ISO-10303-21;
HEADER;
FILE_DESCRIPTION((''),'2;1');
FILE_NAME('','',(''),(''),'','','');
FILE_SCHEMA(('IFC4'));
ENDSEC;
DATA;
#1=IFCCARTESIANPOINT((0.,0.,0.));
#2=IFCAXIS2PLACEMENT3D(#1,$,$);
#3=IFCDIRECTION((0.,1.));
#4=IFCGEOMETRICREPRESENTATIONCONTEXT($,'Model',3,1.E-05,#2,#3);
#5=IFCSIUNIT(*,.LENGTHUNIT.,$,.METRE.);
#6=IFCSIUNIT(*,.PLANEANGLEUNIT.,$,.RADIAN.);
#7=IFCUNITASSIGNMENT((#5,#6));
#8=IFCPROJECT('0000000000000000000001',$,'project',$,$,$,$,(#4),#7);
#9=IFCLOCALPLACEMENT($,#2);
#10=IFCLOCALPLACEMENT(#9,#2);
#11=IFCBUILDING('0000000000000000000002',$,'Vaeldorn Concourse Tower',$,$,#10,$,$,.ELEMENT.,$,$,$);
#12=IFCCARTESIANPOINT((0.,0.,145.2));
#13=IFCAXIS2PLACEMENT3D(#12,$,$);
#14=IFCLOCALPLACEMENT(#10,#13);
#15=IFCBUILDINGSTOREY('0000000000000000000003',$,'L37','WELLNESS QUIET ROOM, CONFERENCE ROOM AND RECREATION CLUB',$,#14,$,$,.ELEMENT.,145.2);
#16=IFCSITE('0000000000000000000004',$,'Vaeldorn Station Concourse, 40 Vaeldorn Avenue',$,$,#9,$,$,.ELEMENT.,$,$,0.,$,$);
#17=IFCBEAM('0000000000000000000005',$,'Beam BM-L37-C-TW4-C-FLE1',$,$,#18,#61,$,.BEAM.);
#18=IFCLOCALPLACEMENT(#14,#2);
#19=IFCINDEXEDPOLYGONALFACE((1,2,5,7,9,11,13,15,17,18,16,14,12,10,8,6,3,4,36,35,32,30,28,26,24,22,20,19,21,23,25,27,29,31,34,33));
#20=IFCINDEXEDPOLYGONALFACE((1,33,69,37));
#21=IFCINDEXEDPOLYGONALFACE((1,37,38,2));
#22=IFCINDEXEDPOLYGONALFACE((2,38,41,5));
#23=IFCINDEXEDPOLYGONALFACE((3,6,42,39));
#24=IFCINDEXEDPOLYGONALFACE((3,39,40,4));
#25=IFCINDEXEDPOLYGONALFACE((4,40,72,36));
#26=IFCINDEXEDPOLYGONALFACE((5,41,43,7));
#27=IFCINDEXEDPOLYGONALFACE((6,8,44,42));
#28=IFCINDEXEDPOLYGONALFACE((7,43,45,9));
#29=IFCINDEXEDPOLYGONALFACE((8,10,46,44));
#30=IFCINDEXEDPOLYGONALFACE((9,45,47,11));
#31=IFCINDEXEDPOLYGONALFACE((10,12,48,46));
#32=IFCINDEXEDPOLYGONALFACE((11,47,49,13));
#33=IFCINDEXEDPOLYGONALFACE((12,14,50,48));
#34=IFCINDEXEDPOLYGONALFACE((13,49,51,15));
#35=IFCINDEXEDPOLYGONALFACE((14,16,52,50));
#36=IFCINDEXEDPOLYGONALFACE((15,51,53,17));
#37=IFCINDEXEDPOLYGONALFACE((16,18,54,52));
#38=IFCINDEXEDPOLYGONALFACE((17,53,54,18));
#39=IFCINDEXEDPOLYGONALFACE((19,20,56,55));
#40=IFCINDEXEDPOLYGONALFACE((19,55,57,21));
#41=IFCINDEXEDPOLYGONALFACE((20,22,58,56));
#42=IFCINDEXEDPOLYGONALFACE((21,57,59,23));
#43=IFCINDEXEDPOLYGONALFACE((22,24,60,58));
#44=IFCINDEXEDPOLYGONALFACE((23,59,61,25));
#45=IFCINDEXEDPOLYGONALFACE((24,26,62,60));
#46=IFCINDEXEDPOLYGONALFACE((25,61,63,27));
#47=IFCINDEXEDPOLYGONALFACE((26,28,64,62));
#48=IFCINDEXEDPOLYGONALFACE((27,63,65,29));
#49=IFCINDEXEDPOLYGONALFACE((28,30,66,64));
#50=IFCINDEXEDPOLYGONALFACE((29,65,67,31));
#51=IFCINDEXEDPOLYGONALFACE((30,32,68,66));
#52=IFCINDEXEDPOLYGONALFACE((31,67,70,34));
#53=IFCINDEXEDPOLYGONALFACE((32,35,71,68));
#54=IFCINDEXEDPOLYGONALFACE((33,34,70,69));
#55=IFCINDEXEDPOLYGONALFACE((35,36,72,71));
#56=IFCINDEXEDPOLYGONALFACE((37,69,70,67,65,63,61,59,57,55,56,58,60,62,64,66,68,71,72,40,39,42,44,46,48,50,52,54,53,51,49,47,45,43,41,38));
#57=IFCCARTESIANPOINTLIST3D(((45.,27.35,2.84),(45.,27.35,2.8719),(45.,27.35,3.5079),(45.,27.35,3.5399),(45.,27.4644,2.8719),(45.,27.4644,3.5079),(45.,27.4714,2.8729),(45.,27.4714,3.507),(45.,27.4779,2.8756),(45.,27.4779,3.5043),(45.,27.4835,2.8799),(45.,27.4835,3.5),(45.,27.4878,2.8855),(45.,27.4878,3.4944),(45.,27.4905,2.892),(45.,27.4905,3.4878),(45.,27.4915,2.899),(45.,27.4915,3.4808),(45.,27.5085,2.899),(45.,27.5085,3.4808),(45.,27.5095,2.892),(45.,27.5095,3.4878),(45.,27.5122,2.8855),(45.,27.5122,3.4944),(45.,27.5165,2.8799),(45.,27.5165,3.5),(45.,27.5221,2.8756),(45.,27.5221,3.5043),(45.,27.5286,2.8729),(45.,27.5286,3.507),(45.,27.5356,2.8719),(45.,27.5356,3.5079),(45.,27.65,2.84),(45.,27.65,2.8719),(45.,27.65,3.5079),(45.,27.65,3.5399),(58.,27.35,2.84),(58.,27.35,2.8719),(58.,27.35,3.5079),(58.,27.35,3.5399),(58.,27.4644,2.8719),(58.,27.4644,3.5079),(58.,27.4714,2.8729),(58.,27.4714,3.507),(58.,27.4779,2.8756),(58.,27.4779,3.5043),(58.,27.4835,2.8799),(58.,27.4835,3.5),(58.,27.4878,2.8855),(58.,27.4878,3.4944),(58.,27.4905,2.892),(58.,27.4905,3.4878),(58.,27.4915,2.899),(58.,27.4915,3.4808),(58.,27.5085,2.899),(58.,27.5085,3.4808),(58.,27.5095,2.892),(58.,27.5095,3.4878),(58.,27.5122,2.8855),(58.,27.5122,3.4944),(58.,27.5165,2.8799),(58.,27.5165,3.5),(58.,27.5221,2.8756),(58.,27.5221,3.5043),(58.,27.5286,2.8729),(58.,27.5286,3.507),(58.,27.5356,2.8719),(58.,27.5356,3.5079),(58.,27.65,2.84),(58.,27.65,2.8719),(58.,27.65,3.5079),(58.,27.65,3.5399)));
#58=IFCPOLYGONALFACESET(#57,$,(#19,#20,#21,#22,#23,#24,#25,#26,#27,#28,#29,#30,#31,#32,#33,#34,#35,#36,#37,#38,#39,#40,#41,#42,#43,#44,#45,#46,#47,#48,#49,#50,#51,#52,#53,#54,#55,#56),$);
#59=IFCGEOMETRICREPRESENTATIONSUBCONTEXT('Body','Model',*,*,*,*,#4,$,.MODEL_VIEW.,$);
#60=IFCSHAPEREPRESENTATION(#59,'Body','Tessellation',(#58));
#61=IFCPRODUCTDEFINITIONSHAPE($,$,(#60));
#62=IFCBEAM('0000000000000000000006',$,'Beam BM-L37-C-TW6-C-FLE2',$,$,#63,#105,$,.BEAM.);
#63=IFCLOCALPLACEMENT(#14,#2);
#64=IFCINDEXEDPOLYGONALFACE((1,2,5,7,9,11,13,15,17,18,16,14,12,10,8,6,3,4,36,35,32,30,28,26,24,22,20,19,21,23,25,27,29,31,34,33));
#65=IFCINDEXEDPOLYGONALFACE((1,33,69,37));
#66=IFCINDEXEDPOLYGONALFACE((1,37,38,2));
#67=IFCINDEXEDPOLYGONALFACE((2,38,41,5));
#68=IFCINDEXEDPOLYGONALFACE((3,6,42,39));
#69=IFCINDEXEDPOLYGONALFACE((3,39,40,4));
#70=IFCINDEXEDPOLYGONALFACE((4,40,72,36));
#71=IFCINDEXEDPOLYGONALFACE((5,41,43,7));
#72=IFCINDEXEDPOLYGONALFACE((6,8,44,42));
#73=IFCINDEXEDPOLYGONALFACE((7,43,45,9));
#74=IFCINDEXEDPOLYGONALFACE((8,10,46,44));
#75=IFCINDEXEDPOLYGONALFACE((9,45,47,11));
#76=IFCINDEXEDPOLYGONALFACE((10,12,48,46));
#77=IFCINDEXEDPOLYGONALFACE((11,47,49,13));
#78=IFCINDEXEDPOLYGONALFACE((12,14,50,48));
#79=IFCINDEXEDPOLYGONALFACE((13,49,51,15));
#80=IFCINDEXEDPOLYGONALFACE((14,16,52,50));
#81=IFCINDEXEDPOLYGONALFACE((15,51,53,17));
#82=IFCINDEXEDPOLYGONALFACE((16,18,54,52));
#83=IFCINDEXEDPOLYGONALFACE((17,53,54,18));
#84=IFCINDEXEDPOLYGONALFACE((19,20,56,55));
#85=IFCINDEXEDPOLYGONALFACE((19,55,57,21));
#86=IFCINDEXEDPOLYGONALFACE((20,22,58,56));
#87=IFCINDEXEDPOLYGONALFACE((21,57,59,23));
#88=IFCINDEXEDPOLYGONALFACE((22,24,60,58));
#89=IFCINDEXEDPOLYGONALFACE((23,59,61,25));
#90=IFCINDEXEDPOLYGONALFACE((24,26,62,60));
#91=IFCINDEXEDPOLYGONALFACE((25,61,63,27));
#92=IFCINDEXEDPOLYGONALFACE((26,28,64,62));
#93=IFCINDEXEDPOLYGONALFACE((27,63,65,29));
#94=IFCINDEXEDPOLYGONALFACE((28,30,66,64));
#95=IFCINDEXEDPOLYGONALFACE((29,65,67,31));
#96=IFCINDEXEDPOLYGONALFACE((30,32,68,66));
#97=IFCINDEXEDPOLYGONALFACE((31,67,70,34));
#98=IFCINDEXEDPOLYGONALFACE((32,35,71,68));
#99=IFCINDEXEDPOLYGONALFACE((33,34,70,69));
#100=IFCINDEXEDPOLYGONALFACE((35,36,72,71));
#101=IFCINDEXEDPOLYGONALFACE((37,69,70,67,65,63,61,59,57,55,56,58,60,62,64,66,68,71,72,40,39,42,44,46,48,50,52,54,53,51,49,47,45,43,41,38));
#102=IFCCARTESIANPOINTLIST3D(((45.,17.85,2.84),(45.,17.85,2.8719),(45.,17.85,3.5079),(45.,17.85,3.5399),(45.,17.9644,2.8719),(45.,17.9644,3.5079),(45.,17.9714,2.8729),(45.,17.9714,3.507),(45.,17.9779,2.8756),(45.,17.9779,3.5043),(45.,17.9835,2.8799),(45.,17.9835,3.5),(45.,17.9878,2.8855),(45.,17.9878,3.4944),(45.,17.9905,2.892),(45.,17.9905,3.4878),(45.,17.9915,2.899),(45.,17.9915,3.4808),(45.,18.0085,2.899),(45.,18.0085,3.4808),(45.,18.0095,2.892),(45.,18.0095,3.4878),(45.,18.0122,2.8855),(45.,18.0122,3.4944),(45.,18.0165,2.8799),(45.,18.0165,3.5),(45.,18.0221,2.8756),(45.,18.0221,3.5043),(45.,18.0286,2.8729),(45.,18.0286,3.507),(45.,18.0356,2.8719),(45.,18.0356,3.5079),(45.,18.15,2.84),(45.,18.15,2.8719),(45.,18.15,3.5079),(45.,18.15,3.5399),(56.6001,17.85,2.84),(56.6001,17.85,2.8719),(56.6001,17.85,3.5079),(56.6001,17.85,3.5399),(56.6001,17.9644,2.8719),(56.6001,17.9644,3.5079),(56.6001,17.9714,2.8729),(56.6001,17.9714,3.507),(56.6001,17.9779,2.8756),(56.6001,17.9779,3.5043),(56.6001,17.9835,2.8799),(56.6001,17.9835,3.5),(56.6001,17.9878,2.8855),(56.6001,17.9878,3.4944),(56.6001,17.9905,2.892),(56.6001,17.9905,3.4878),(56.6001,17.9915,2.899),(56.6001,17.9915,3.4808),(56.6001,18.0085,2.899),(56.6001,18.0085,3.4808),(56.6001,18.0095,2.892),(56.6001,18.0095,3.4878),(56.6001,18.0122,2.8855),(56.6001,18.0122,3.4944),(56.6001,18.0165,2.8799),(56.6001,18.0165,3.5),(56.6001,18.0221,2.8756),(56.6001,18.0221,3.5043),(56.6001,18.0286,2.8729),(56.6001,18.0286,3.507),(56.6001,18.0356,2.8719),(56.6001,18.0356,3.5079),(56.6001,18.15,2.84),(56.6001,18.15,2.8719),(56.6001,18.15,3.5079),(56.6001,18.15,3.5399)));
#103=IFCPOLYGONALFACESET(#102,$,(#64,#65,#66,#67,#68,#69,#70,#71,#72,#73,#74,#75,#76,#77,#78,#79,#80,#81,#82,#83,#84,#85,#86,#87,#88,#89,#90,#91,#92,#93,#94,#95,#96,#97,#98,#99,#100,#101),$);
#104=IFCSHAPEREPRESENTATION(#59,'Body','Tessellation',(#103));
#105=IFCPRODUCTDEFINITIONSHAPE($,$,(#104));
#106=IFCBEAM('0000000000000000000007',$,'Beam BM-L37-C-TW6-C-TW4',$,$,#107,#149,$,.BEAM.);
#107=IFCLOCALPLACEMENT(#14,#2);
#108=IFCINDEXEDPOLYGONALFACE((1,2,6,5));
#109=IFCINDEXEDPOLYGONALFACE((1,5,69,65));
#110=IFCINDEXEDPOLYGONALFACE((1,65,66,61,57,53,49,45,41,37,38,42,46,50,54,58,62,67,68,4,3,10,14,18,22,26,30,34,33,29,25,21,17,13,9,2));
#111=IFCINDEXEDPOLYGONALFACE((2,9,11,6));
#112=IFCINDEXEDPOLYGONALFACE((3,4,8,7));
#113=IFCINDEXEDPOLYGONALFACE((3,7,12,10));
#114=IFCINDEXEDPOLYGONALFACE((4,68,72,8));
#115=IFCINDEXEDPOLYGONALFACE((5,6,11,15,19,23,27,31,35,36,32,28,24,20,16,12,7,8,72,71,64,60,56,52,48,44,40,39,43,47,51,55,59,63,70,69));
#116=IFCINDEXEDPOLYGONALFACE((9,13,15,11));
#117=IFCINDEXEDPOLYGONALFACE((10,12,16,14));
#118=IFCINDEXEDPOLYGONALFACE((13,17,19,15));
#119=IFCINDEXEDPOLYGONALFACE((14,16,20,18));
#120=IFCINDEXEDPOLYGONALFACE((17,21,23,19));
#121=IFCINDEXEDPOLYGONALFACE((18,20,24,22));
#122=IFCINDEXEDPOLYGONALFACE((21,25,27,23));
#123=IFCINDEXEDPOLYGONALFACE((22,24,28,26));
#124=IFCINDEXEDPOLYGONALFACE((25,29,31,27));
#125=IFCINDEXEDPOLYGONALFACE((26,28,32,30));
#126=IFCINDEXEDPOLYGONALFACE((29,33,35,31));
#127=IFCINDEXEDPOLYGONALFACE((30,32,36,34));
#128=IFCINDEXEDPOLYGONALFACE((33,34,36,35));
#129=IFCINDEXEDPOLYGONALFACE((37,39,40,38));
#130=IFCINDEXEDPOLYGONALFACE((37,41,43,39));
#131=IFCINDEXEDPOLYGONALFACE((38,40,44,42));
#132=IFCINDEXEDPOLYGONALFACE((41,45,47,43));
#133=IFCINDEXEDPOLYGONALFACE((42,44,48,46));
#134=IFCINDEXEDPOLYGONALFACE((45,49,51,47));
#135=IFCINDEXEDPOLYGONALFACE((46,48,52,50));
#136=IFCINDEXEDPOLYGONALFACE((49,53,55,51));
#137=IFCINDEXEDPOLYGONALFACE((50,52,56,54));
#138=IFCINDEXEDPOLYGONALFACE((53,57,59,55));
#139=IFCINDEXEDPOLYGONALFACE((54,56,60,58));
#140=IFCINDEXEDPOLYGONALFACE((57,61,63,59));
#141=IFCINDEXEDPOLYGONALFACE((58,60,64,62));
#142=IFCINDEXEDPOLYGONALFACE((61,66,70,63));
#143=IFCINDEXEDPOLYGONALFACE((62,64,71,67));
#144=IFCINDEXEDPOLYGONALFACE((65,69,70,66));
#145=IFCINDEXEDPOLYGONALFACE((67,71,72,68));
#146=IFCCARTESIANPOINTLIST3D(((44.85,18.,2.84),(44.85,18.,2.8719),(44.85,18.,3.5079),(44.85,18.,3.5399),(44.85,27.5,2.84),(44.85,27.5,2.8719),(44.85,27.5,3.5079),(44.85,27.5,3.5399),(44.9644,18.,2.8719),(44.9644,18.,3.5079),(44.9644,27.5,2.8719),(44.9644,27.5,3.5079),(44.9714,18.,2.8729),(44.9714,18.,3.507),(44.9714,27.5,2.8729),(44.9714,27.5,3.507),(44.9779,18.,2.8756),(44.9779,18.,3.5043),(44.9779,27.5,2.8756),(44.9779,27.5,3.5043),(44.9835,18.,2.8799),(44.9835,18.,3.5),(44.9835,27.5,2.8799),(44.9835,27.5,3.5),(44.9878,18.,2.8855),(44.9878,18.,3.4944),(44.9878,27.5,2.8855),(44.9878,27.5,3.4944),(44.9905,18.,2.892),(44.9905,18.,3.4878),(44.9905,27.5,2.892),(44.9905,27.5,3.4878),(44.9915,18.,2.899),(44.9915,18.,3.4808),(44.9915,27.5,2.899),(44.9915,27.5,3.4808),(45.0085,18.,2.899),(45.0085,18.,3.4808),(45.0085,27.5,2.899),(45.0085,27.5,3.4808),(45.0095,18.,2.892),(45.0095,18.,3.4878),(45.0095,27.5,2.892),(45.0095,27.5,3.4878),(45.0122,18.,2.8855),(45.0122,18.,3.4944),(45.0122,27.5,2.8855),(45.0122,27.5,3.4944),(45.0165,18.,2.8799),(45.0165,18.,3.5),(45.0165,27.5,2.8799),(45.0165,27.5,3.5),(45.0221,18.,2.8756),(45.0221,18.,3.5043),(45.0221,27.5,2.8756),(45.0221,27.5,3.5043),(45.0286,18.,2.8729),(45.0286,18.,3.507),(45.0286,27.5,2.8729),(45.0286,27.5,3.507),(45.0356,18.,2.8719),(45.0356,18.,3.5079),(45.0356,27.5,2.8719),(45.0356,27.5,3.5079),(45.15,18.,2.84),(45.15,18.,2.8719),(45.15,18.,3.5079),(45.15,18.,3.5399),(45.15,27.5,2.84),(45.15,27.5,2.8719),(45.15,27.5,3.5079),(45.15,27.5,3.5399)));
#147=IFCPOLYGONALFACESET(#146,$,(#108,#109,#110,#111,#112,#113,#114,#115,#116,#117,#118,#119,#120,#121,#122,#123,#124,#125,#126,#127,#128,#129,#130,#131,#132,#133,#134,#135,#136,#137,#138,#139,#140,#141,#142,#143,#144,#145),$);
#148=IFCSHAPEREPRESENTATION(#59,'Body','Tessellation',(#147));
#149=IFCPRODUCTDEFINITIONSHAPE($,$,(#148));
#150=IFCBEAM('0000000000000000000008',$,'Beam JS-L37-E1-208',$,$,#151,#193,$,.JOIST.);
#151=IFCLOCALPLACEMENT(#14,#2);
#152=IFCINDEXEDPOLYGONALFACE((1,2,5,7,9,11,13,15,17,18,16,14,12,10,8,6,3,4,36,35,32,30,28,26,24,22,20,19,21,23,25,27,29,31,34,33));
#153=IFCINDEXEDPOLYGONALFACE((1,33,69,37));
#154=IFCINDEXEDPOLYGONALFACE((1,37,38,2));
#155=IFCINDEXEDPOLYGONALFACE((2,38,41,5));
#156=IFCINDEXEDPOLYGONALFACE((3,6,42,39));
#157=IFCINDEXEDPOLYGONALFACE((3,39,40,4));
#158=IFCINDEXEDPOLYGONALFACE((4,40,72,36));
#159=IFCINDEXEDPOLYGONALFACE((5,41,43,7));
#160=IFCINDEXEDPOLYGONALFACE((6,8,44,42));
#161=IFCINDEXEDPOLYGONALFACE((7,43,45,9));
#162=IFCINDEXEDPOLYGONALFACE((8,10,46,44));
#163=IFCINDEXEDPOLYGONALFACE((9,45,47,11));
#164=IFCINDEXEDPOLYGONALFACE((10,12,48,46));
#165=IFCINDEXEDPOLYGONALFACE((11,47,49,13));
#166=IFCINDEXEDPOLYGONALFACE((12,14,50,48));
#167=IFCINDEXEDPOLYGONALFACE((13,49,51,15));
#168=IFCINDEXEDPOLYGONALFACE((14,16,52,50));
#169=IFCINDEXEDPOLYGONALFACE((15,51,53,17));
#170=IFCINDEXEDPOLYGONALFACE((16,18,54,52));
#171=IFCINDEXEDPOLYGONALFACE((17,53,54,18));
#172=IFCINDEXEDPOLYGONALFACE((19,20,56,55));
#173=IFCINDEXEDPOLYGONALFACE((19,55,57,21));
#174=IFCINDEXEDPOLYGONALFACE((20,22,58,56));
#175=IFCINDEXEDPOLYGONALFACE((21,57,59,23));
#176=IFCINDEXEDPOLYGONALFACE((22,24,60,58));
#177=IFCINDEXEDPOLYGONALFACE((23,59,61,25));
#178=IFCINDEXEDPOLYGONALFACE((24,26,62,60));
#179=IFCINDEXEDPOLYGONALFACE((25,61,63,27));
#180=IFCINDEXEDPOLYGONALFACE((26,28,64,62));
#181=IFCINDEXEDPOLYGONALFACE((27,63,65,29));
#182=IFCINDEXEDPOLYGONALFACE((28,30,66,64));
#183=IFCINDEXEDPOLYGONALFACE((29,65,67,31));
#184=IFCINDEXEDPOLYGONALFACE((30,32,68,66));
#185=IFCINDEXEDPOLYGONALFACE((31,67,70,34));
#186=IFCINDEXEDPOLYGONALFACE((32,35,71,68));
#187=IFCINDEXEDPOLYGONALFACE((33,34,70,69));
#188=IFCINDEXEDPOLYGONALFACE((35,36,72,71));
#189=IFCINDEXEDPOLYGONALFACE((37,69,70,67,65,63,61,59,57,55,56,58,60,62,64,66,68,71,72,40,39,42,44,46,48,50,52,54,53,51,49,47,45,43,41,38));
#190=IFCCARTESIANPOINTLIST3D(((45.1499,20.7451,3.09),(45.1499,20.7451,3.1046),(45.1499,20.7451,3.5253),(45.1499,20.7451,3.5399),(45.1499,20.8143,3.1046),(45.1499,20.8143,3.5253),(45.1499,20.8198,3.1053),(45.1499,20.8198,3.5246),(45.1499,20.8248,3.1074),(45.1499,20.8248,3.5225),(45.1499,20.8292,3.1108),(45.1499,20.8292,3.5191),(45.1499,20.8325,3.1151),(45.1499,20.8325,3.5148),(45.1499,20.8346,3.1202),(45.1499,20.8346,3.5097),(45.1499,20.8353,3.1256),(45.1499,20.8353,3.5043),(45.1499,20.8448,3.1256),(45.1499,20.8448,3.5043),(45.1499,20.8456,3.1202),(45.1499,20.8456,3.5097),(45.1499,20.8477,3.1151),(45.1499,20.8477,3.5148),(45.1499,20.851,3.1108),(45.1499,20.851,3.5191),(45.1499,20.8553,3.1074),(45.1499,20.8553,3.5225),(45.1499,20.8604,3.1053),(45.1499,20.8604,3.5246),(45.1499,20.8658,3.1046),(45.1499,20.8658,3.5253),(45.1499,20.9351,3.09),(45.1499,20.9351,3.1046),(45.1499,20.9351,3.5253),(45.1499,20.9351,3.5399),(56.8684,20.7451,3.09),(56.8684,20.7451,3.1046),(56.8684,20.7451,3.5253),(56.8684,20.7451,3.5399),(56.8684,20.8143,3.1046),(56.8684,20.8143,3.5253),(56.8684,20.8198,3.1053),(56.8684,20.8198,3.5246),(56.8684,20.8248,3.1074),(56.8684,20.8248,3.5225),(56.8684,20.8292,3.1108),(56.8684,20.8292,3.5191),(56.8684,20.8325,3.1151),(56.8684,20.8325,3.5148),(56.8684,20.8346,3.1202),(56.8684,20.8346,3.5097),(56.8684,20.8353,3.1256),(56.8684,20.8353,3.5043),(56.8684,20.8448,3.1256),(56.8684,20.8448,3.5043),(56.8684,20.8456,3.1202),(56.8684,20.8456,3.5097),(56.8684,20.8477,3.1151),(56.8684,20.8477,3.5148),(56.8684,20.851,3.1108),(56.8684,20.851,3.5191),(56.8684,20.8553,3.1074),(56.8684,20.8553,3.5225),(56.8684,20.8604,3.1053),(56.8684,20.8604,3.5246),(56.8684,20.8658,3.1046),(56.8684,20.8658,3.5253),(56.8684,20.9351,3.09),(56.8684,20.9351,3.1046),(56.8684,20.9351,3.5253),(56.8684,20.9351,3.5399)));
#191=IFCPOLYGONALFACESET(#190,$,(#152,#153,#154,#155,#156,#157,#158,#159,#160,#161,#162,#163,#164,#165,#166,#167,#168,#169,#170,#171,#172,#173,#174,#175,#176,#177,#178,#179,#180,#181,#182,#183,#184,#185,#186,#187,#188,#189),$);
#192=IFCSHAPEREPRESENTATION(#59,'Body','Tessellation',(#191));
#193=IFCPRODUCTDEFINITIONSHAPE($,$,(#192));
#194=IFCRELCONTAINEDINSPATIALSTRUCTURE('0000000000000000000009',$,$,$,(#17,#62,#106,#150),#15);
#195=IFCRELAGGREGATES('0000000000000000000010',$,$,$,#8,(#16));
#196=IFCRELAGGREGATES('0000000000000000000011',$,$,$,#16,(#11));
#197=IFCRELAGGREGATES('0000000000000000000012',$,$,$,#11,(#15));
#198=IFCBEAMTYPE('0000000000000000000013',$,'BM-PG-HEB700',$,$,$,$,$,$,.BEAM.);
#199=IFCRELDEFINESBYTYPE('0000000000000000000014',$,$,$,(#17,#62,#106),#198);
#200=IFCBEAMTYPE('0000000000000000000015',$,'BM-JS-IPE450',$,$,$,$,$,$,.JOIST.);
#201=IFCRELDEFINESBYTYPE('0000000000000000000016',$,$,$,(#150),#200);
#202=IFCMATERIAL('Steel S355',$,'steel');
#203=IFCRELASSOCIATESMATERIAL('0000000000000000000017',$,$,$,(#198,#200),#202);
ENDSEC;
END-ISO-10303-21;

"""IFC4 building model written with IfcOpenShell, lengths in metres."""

from ifc_helpers import new_model, si_unit, direction, frame, origin, origin_2d, place, context, subcontext, project, spatial, i_section, extrude, source, transform, mapped, material, material_profile, profile_set, type_object, element, save


model = new_model("IFC4")

# Units and contexts
model_context = context("Model", 3, precision=1e-05, world=origin(), true_north=direction((0.0, 1.0)))
body_context = subcontext(model_context, "Body", "Model", "MODEL_VIEW")
ifc_project = project(units=[si_unit("LENGTHUNIT", "METRE"), si_unit("PLANEANGLEUNIT", "RADIAN")], contexts=[model_context])

# Site, building, storey
site_placement = place(None, origin())
site = spatial("IfcSite", under=ifc_project, at=site_placement, Name="Vaeldorn Station Concourse, 40 Vaeldorn Avenue", CompositionType="ELEMENT", RefElevation=0.0)
building_placement = place(site_placement, origin())
building = spatial("IfcBuilding", under=site, at=building_placement, Name="Vaeldorn Concourse Tower", CompositionType="ELEMENT")
storey_placement = place(building_placement, frame((0.0, 0.0, 145.2)))
storey = spatial("IfcBuildingStorey", under=building, at=storey_placement, Name="L37", Description="WELLNESS QUIET ROOM, CONFERENCE ROOM AND RECREATION CLUB", CompositionType="ELEMENT", Elevation=145.2)

# Beams
ifc_material_1 = material(Name="Steel S355", Category="steel")
ifc_material_profile_1 = material_profile(ifc_material_1, i_section(OverallWidth=0.3, OverallDepth=0.7, WebThickness=0.0171, FlangeThickness=0.032, FilletRadius=0.0271, at=origin_2d()), Name="HEB 700")
ifc_profile_set_1 = profile_set([ifc_material_profile_1], Name="Steel S355")
beam_type_1 = type_object("IfcBeamType", Name="BM-PG-HEB700", PredefinedType="BEAM", material=ifc_profile_set_1)
shared_shape_1 = source(origin(), body_context, "Body", "SweptSolid", [
    extrude(i_section(OverallWidth=0.3, OverallDepth=0.7, WebThickness=0.0171, FlangeThickness=0.032, FilletRadius=0.0271, at=origin_2d()), origin(), (0.0, 0.0, 1.0), 13.0),
])
beam_1_placement = place(storey_placement, frame((45.0, 27.5, 3.1899), z_axis=(1.0, 0.0, 0.0), x_axis=(0.0, 1.0, 0.0)))
element("IfcBeam", 1, at=beam_1_placement, inside=storey, type_object=beam_type_1, Name="Beam BM-L37-C-TW4-C-FLE1", PredefinedType="BEAM", context=body_context, shape_type="MappedRepresentation", body=[
    mapped(shared_shape_1, transform((0.0, 0.0, 0.0), scale=1.0)),
])
shared_shape_2 = source(origin(), body_context, "Body", "SweptSolid", [
    extrude(i_section(OverallWidth=0.3, OverallDepth=0.7, WebThickness=0.0171, FlangeThickness=0.032, FilletRadius=0.0271, at=origin_2d()), origin(), (0.0, 0.0, 1.0), 11.6001),
])
beam_2_placement = place(storey_placement, frame((45.0, 18.0, 3.1899), z_axis=(1.0, 0.0, 0.0), x_axis=(0.0, 1.0, 0.0)))
element("IfcBeam", 2, at=beam_2_placement, inside=storey, type_object=beam_type_1, Name="Beam BM-L37-C-TW6-C-FLE2", PredefinedType="BEAM", context=body_context, shape_type="MappedRepresentation", body=[
    mapped(shared_shape_2, transform((0.0, 0.0, 0.0), scale=1.0)),
])
shared_shape_3 = source(origin(), body_context, "Body", "SweptSolid", [
    extrude(i_section(OverallWidth=0.3, OverallDepth=0.7, WebThickness=0.0171, FlangeThickness=0.032, FilletRadius=0.0271, at=origin_2d()), origin(), (0.0, 0.0, 1.0), 9.5),
])
beam_3_placement = place(storey_placement, frame((45.0, 18.0, 3.1899), z_axis=(0.0, 1.0, 0.0), x_axis=(-1.0, 0.0, 0.0)))
element("IfcBeam", 3, at=beam_3_placement, inside=storey, type_object=beam_type_1, Name="Beam BM-L37-C-TW6-C-TW4", PredefinedType="BEAM", context=body_context, shape_type="MappedRepresentation", body=[
    mapped(shared_shape_3, transform((0.0, 0.0, 0.0), scale=1.0)),
])
ifc_material_profile_2 = material_profile(ifc_material_1, i_section(OverallWidth=0.1899, OverallDepth=0.45, WebThickness=0.0095, FlangeThickness=0.0146, FilletRadius=0.021, at=origin_2d()), Name="IPE 450")
ifc_profile_set_2 = profile_set([ifc_material_profile_2], Name="Steel S355")
beam_type_2 = type_object("IfcBeamType", Name="BM-JS-IPE450", PredefinedType="JOIST", material=ifc_profile_set_2)
shared_shape_4 = source(origin(), body_context, "Body", "SweptSolid", [
    extrude(i_section(OverallWidth=0.1899, OverallDepth=0.45, WebThickness=0.0095, FlangeThickness=0.0146, FilletRadius=0.021, at=origin_2d()), origin(), (0.0, 0.0, 1.0), 11.7185),
])
beam_4_placement = place(storey_placement, frame((45.1499, 20.8401, 3.3149), z_axis=(1.0, 0.0, 0.0), x_axis=(0.0, 1.0, 0.0)))
element("IfcBeam", 4, at=beam_4_placement, inside=storey, type_object=beam_type_2, Name="Beam JS-L37-E1-208", PredefinedType="JOIST", context=body_context, shape_type="MappedRepresentation", body=[
    mapped(shared_shape_4, transform((0.0, 0.0, 0.0), scale=1.0)),
])

save(model, "model.ifc")
